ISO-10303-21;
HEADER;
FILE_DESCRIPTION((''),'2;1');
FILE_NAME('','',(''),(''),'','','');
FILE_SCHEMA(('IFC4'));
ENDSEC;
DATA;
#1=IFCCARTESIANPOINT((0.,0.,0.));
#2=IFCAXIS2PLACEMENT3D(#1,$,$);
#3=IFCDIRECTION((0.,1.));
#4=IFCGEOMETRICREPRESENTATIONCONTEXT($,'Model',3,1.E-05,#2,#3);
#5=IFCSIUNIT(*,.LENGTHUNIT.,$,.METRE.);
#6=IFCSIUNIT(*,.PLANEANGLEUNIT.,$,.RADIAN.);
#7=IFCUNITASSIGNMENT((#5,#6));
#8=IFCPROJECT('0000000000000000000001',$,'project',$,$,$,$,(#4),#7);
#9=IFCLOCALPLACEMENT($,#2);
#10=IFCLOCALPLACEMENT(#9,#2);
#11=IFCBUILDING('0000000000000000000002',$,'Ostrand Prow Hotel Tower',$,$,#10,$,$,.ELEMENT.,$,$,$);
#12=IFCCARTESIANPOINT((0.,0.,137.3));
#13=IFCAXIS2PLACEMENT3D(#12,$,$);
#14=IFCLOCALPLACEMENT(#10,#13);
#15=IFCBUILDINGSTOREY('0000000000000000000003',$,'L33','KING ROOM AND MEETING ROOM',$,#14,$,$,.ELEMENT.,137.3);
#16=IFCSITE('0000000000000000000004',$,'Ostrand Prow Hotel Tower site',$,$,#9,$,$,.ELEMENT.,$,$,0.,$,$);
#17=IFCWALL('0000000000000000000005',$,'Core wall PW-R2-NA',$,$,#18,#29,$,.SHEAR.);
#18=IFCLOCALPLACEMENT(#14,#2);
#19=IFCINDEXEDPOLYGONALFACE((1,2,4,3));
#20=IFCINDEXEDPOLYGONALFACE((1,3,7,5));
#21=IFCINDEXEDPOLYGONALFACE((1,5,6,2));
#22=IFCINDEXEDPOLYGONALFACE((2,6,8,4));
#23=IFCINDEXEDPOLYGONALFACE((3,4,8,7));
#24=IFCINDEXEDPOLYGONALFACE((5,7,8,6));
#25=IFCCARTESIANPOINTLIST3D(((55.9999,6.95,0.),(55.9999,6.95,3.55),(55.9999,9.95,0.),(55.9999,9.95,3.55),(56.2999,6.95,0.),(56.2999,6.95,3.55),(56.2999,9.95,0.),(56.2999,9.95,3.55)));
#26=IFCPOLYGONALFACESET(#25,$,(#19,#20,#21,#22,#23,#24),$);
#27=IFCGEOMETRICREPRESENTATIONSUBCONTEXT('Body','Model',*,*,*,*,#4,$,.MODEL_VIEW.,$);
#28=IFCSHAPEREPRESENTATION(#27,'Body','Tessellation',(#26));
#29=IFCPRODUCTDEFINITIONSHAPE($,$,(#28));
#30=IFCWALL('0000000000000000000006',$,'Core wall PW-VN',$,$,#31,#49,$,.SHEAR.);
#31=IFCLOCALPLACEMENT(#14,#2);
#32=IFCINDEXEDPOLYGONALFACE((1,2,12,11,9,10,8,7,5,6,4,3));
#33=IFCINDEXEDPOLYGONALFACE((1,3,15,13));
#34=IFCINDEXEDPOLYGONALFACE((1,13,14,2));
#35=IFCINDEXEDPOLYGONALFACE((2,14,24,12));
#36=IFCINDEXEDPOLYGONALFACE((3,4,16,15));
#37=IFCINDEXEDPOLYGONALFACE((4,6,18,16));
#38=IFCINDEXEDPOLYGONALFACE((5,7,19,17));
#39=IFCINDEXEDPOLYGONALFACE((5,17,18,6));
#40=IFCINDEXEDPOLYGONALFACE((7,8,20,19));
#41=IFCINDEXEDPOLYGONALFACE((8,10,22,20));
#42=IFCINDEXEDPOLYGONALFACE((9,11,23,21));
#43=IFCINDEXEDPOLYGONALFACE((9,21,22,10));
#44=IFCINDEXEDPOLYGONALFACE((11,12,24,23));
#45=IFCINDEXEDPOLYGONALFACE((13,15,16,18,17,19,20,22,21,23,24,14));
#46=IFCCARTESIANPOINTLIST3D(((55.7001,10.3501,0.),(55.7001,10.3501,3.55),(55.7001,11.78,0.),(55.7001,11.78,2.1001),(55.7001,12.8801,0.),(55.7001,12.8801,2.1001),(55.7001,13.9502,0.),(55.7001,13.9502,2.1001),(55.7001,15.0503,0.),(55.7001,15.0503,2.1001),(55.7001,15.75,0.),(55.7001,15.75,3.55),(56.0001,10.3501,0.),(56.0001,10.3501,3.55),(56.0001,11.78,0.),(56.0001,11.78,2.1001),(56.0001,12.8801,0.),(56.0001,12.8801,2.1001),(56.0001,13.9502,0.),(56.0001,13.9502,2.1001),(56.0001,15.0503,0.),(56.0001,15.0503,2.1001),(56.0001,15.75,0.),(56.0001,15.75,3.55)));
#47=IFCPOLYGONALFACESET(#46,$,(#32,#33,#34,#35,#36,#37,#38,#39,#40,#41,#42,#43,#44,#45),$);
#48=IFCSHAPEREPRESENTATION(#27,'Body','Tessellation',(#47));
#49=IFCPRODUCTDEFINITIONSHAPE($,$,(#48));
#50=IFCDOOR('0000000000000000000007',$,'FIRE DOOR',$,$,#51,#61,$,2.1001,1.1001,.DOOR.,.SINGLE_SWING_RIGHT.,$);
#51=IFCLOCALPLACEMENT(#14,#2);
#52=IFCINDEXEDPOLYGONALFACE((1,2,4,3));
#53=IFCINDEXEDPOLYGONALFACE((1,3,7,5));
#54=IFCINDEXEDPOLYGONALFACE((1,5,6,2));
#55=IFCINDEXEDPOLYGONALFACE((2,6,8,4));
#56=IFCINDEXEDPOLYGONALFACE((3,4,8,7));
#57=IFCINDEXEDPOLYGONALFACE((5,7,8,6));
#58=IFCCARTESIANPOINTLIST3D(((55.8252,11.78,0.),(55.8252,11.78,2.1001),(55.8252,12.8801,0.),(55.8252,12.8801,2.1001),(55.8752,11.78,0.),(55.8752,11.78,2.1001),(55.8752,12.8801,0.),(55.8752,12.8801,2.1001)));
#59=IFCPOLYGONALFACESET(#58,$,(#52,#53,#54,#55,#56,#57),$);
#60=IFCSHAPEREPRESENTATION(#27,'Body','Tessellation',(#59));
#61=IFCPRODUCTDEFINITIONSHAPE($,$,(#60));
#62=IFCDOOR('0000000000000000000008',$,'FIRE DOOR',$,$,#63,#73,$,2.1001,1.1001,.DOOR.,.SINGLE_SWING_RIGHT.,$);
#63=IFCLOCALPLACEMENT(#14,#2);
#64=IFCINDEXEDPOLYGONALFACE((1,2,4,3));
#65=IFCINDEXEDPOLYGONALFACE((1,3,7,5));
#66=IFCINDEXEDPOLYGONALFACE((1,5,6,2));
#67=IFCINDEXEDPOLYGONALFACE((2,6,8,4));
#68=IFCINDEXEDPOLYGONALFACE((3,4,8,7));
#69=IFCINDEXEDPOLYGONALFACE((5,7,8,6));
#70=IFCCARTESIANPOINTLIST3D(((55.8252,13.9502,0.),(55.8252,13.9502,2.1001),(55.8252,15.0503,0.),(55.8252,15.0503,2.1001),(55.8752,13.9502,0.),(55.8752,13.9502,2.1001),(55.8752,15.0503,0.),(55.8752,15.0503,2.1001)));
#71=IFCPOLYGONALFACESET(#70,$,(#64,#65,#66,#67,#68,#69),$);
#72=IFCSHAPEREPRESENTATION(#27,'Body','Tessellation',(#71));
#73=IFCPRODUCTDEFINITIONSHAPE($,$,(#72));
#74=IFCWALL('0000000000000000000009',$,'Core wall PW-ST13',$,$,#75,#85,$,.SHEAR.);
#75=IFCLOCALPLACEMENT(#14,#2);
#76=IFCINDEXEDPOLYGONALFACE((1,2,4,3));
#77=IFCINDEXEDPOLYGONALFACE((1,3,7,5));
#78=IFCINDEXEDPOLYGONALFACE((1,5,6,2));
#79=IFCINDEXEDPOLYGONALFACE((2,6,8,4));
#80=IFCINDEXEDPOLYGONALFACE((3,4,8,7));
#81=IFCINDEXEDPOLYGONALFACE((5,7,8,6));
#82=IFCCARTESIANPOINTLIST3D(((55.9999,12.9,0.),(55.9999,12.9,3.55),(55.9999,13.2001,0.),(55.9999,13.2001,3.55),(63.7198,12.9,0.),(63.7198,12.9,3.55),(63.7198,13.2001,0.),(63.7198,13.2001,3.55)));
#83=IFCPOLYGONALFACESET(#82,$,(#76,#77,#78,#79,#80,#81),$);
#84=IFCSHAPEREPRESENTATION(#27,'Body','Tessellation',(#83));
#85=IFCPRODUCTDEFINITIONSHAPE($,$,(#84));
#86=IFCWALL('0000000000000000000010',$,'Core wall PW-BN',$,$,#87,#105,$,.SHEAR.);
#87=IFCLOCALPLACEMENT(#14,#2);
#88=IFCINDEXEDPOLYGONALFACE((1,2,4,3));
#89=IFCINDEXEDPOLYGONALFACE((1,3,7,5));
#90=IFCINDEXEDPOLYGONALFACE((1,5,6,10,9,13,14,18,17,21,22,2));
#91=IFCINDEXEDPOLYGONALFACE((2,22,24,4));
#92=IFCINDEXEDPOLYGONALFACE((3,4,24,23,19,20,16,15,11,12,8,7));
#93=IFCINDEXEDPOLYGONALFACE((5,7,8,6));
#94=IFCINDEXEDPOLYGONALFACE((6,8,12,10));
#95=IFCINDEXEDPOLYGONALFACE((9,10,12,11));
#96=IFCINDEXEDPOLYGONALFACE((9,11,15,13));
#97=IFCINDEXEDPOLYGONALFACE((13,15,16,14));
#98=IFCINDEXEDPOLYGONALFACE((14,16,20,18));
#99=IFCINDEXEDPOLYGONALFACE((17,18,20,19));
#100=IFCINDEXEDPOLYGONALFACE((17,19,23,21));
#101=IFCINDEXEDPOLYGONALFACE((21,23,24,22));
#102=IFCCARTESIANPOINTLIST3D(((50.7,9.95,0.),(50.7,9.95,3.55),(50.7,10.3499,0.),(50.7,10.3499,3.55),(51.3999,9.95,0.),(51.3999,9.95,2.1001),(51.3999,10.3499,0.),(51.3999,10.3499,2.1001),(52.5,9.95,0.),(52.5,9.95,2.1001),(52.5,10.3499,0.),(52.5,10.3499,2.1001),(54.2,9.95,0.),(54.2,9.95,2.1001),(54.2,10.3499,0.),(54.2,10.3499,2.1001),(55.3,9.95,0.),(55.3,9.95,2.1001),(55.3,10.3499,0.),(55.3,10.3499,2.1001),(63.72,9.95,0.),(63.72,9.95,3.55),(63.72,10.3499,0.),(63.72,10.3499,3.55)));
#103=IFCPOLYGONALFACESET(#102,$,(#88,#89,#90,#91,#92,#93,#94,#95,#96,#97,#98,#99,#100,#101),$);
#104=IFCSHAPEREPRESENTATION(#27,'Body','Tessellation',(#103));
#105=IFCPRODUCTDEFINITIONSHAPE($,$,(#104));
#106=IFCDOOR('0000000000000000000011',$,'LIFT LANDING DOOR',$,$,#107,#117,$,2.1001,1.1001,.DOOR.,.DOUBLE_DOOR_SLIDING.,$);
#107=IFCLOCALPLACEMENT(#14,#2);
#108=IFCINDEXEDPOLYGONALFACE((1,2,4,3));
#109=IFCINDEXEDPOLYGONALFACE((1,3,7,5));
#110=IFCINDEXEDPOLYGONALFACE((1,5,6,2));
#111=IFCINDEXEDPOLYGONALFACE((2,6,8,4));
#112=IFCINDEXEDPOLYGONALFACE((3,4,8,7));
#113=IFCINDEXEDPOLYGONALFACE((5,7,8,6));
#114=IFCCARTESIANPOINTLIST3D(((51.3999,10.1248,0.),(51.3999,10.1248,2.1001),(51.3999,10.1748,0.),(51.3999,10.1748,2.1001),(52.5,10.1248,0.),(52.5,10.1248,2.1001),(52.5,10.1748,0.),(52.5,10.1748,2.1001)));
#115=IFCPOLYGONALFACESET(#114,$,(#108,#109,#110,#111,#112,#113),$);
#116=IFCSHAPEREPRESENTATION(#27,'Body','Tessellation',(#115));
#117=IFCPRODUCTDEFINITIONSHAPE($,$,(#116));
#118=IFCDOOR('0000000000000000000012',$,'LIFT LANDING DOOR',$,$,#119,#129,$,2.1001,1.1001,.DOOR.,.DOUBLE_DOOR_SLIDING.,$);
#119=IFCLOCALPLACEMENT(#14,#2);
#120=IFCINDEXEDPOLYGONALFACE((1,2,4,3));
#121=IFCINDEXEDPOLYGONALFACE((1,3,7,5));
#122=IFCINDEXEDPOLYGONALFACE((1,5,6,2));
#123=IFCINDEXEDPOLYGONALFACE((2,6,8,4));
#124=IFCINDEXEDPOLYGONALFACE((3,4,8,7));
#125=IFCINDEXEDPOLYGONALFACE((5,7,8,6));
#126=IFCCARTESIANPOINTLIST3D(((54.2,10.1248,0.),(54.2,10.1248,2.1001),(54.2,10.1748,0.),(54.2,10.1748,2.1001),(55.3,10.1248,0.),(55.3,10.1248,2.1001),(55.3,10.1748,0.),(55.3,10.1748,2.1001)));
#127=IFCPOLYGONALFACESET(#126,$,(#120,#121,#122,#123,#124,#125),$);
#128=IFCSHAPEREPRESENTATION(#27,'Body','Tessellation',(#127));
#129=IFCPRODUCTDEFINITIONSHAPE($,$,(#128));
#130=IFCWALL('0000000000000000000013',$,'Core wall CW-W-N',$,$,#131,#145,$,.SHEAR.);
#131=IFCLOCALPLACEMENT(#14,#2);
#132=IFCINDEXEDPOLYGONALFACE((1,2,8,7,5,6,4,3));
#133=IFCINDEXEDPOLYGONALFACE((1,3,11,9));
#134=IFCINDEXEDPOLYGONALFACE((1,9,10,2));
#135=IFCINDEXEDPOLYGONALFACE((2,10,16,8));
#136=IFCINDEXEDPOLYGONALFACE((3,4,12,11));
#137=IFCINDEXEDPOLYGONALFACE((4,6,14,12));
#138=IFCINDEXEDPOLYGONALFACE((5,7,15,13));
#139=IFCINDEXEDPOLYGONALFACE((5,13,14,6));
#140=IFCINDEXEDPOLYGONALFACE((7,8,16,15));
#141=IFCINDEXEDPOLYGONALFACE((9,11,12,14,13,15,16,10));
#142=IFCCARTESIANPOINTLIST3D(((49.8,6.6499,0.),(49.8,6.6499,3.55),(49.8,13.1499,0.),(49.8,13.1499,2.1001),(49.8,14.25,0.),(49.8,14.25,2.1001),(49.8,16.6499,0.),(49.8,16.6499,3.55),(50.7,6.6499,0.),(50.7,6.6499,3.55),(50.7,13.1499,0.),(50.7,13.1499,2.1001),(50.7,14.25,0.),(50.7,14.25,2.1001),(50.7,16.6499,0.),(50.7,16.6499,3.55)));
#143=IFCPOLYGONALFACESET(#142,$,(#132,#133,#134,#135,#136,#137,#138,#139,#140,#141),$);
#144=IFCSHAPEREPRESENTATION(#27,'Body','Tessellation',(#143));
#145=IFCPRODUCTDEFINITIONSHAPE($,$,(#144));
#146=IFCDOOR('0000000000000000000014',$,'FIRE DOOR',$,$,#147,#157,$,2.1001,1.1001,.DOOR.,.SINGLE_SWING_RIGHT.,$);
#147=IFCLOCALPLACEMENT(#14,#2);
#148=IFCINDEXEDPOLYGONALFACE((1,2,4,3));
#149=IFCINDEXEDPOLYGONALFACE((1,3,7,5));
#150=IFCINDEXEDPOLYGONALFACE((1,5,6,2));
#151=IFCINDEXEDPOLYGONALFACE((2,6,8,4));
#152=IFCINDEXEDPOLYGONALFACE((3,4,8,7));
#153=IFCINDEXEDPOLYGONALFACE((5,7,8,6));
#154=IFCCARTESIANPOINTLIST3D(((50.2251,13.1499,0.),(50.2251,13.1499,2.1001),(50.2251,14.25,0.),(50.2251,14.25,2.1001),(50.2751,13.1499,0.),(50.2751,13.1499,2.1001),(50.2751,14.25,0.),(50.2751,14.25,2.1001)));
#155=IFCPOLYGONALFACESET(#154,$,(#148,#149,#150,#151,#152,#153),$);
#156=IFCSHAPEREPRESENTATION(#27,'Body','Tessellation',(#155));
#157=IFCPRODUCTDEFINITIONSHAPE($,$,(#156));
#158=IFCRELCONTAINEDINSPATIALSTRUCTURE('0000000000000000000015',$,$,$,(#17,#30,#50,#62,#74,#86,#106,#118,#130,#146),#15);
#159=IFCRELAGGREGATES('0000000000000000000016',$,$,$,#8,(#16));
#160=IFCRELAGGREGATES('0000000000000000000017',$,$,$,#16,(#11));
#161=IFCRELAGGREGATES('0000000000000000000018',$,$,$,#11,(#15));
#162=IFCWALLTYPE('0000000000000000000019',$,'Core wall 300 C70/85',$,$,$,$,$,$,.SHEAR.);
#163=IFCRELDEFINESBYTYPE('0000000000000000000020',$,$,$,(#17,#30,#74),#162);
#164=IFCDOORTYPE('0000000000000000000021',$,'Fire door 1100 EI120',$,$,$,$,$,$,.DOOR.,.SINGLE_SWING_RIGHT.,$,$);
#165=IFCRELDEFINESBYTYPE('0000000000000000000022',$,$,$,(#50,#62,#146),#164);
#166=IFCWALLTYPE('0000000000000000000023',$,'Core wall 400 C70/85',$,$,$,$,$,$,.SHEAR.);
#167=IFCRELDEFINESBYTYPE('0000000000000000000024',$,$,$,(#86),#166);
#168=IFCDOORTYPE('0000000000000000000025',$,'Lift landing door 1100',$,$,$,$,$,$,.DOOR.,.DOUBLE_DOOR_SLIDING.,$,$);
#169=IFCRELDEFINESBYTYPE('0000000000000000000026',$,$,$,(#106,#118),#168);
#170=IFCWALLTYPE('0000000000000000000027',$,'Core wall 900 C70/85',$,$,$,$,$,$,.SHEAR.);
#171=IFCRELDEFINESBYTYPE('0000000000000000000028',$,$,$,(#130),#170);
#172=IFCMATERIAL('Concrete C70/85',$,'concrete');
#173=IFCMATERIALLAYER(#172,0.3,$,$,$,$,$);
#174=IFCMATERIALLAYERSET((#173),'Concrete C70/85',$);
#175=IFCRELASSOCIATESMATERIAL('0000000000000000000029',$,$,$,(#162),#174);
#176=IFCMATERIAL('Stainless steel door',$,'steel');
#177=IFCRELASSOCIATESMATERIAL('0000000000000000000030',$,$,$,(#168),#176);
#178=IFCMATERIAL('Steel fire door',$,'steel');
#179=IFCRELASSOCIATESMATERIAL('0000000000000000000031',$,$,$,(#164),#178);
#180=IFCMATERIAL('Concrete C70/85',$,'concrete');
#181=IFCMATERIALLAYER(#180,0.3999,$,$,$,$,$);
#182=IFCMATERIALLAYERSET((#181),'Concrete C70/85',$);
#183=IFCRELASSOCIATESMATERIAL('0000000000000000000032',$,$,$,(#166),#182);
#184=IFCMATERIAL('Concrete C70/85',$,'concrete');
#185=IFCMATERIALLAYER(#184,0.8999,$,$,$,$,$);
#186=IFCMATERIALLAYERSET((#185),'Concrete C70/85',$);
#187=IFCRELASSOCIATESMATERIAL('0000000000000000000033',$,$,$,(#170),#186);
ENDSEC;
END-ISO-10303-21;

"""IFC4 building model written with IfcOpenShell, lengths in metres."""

from ifc_helpers import new_model, si_unit, direction, frame, frame_2d, origin, place, context, subcontext, project, spatial, rectangle, extrude, material, layer, layer_set, type_object, element, fill, save


model = new_model("IFC4")

# Units and contexts
model_context = context("Model", 3, precision=1e-05, world=origin(), true_north=direction((0.0, 1.0)))
body_context = subcontext(model_context, "Body", "Model", "MODEL_VIEW")
ifc_project = project(units=[si_unit("LENGTHUNIT", "METRE"), si_unit("PLANEANGLEUNIT", "RADIAN")], contexts=[model_context])

# Site, building, storey
site_placement = place(None, origin())
site = spatial("IfcSite", under=ifc_project, at=site_placement, Name="Ostrand Prow Hotel Tower site", CompositionType="ELEMENT", RefElevation=0.0)
building_placement = place(site_placement, origin())
building = spatial("IfcBuilding", under=site, at=building_placement, Name="Ostrand Prow Hotel Tower", CompositionType="ELEMENT")
storey_placement = place(building_placement, frame((0.0, 0.0, 137.3)))
storey = spatial("IfcBuildingStorey", under=building, at=storey_placement, Name="L33", Description="KING ROOM AND MEETING ROOM", CompositionType="ELEMENT", Elevation=137.3)

# Shared definitions
ifc_material_1 = material(Name="Concrete C70/85", Category="concrete")
ifc_layer_1 = layer(ifc_material_1, 0.3)
ifc_layer_set_1 = layer_set([ifc_layer_1], Name="Concrete C70/85")
wall_type_1 = type_object("IfcWallType", Name="Core wall 300 C70/85", PredefinedType="SHEAR", material=ifc_layer_set_1)
ifc_material_2 = material(Name="Stainless steel door", Category="steel")
door_type_1 = type_object("IfcDoorType", Name="Lift landing door 1100", OperationType="DOUBLE_DOOR_SLIDING", PredefinedType="DOOR", material=ifc_material_2)

# Wall
for number, where, z_axis, x_axis, name in (
    (1, (56.1499, 6.95, 0.0), (0.0, 0.0, 1.0), (0.0, 1.0, 0.0), "Core wall PW-R2-NA"),
):
    element("IfcWall", number, at=place(storey_placement, frame(where, z_axis=z_axis, x_axis=x_axis)), inside=storey, type_object=wall_type_1, Name=name, PredefinedType="SHEAR", context=body_context, shape_type="SweptSolid", body=[
        extrude(rectangle(XDim=3.0, YDim=0.3, at=frame_2d((1.5, 0.0))), origin(), (0.0, 0.0, 1.0), 3.55),
    ])

# Wall, openings, doors
wall_1_placement = place(storey_placement, frame((55.8501, 10.3501, 0.0), z_axis=(0.0, 0.0, 1.0), x_axis=(0.0, 1.0, 0.0)))
wall_1 = element("IfcWall", 2, at=wall_1_placement, inside=storey, type_object=wall_type_1, Name="Core wall PW-VN", PredefinedType="SHEAR", context=body_context, shape_type="SweptSolid", body=[
    extrude(rectangle(XDim=5.3999, YDim=0.3, at=frame_2d((2.7, 0.0))), origin(), (0.0, 0.0, 1.0), 3.55),
])
opening_1_placement = place(wall_1_placement, frame((1.4299, 0.0, 0.0)))
opening_1 = element("IfcOpeningElement", 3, at=opening_1_placement, cuts=wall_1, PredefinedType="OPENING", context=body_context, shape_type="SweptSolid", body=[
    extrude(rectangle(XDim=1.1001, YDim=2.1001, at=frame_2d((0.55, 1.05))), frame((0.0, 0.1599, 0.0), z_axis=(0.0, -1.0, 0.0), x_axis=(1.0, 0.0, 0.0)), (0.0, 0.0, 1.0), 0.3201),
])
opening_2_placement = place(wall_1_placement, frame((3.6001, 0.0, 0.0)))
opening_2 = element("IfcOpeningElement", 4, at=opening_2_placement, cuts=wall_1, PredefinedType="OPENING", context=body_context, shape_type="SweptSolid", body=[
    extrude(rectangle(XDim=1.1001, YDim=2.1001, at=frame_2d((0.55, 1.05))), frame((0.0, 0.1599, 0.0), z_axis=(0.0, -1.0, 0.0), x_axis=(1.0, 0.0, 0.0)), (0.0, 0.0, 1.0), 0.3201),
])
ifc_material_3 = material(Name="Steel fire door", Category="steel")
door_type_2 = type_object("IfcDoorType", Name="Fire door 1100 EI120", OperationType="SINGLE_SWING_RIGHT", PredefinedType="DOOR", material=ifc_material_3)
door_1_placement = place(opening_1_placement, origin())
door_1 = element("IfcDoor", 5, at=door_1_placement, inside=storey, type_object=door_type_2, Name="FIRE DOOR", OperationType="SINGLE_SWING_RIGHT", OverallHeight=2.1001, OverallWidth=1.1001, PredefinedType="DOOR", context=body_context, shape_type="SweptSolid", body=[
    extrude(rectangle(XDim=1.1001, YDim=2.1001, at=frame_2d((0.55, 1.05))), frame((0.0, 0.0249, 0.0), z_axis=(0.0, -1.0, 0.0), x_axis=(1.0, 0.0, 0.0)), (0.0, 0.0, 1.0), 0.05),
])
fill(opening_1, door_1)
door_2_placement = place(opening_2_placement, origin())
door_2 = element("IfcDoor", 6, at=door_2_placement, inside=storey, type_object=door_type_2, Name="FIRE DOOR", OperationType="SINGLE_SWING_RIGHT", OverallHeight=2.1001, OverallWidth=1.1001, PredefinedType="DOOR", context=body_context, shape_type="SweptSolid", body=[
    extrude(rectangle(XDim=1.1001, YDim=2.1001, at=frame_2d((0.55, 1.05))), frame((0.0, 0.0249, 0.0), z_axis=(0.0, -1.0, 0.0), x_axis=(1.0, 0.0, 0.0)), (0.0, 0.0, 1.0), 0.05),
])
fill(opening_2, door_2)

# Wall
wall_2_placement = place(storey_placement, frame((56.0, 13.05, 0.0), z_axis=(0.0, 0.0, 1.0), x_axis=(1.0, 0.0, 0.0)))
element("IfcWall", 7, at=wall_2_placement, inside=storey, type_object=wall_type_1, Name="Core wall PW-ST13", PredefinedType="SHEAR", context=body_context, shape_type="SweptSolid", body=[
    extrude(rectangle(XDim=7.72, YDim=0.3, at=frame_2d((3.8599, 0.0))), origin(), (0.0, 0.0, 1.0), 3.55),
])

# Wall, openings, doors
ifc_material_4 = material(Name="Concrete C70/85", Category="concrete")
ifc_layer_2 = layer(ifc_material_4, 0.3999)
ifc_layer_set_2 = layer_set([ifc_layer_2], Name="Concrete C70/85")
wall_type_2 = type_object("IfcWallType", Name="Core wall 400 C70/85", PredefinedType="SHEAR", material=ifc_layer_set_2)
wall_3_placement = place(storey_placement, frame((50.7, 10.1499, 0.0), z_axis=(0.0, 0.0, 1.0), x_axis=(1.0, 0.0, 0.0)))
wall_3 = element("IfcWall", 8, at=wall_3_placement, inside=storey, type_object=wall_type_2, Name="Core wall PW-BN", PredefinedType="SHEAR", context=body_context, shape_type="SweptSolid", body=[
    extrude(rectangle(XDim=13.02, YDim=0.3999, at=frame_2d((6.51, 0.0))), origin(), (0.0, 0.0, 1.0), 3.55),
])
opening_3_placement = place(wall_3_placement, frame((0.7, 0.0, 0.0)))
opening_3 = element("IfcOpeningElement", 9, at=opening_3_placement, cuts=wall_3, PredefinedType="OPENING", context=body_context, shape_type="SweptSolid", body=[
    extrude(rectangle(XDim=1.1001, YDim=2.1001, at=frame_2d((0.55, 1.05))), frame((0.0, 0.21, 0.0), z_axis=(0.0, -1.0, 0.0), x_axis=(1.0, 0.0, 0.0)), (0.0, 0.0, 1.0), 0.4199),
])
opening_4_placement = place(wall_3_placement, frame((3.5, 0.0, 0.0)))
opening_4 = element("IfcOpeningElement", 10, at=opening_4_placement, cuts=wall_3, PredefinedType="OPENING", context=body_context, shape_type="SweptSolid", body=[
    extrude(rectangle(XDim=1.1001, YDim=2.1001, at=frame_2d((0.55, 1.05))), frame((0.0, 0.21, 0.0), z_axis=(0.0, -1.0, 0.0), x_axis=(1.0, 0.0, 0.0)), (0.0, 0.0, 1.0), 0.4199),
])
door_3_placement = place(opening_3_placement, origin())
door_3 = element("IfcDoor", 11, at=door_3_placement, inside=storey, type_object=door_type_1, Name="LIFT LANDING DOOR", OperationType="DOUBLE_DOOR_SLIDING", OverallHeight=2.1001, OverallWidth=1.1001, PredefinedType="DOOR", context=body_context, shape_type="SweptSolid", body=[
    extrude(rectangle(XDim=1.1001, YDim=2.1001, at=frame_2d((0.55, 1.05))), frame((0.0, 0.0249, 0.0), z_axis=(0.0, -1.0, 0.0), x_axis=(1.0, 0.0, 0.0)), (0.0, 0.0, 1.0), 0.05),
])
fill(opening_3, door_3)
door_4_placement = place(opening_4_placement, origin())
door_4 = element("IfcDoor", 12, at=door_4_placement, inside=storey, type_object=door_type_1, Name="LIFT LANDING DOOR", OperationType="DOUBLE_DOOR_SLIDING", OverallHeight=2.1001, OverallWidth=1.1001, PredefinedType="DOOR", context=body_context, shape_type="SweptSolid", body=[
    extrude(rectangle(XDim=1.1001, YDim=2.1001, at=frame_2d((0.55, 1.05))), frame((0.0, 0.0249, 0.0), z_axis=(0.0, -1.0, 0.0), x_axis=(1.0, 0.0, 0.0)), (0.0, 0.0, 1.0), 0.05),
])
fill(opening_4, door_4)

# Wall, opening, door
ifc_material_5 = material(Name="Concrete C70/85", Category="concrete")
ifc_layer_3 = layer(ifc_material_5, 0.8999)
ifc_layer_set_3 = layer_set([ifc_layer_3], Name="Concrete C70/85")
wall_type_3 = type_object("IfcWallType", Name="Core wall 900 C70/85", PredefinedType="SHEAR", material=ifc_layer_set_3)
wall_4_placement = place(storey_placement, frame((50.25, 6.6499, 0.0), z_axis=(0.0, 0.0, 1.0), x_axis=(0.0, 1.0, 0.0)))
wall_4 = element("IfcWall", 13, at=wall_4_placement, inside=storey, type_object=wall_type_3, Name="Core wall CW-W-N", PredefinedType="SHEAR", context=body_context, shape_type="SweptSolid", body=[
    extrude(rectangle(XDim=10.0, YDim=0.8999, at=frame_2d((5.0, 0.0))), origin(), (0.0, 0.0, 1.0), 3.55),
])
opening_5_placement = place(wall_4_placement, frame((6.5, 0.0, 0.0)))
opening_5 = element("IfcOpeningElement", 14, at=opening_5_placement, cuts=wall_4, PredefinedType="OPENING", context=body_context, shape_type="SweptSolid", body=[
    extrude(rectangle(XDim=1.1001, YDim=2.1001, at=frame_2d((0.55, 1.05))), frame((0.0, 0.46, 0.0), z_axis=(0.0, -1.0, 0.0), x_axis=(1.0, 0.0, 0.0)), (0.0, 0.0, 1.0), 0.9199),
])
door_5_placement = place(opening_5_placement, origin())
door_5 = element("IfcDoor", 15, at=door_5_placement, inside=storey, type_object=door_type_2, Name="FIRE DOOR", OperationType="SINGLE_SWING_RIGHT", OverallHeight=2.1001, OverallWidth=1.1001, PredefinedType="DOOR", context=body_context, shape_type="SweptSolid", body=[
    extrude(rectangle(XDim=1.1001, YDim=2.1001, at=frame_2d((0.55, 1.05))), frame((0.0, 0.0249, 0.0), z_axis=(0.0, -1.0, 0.0), x_axis=(1.0, 0.0, 0.0)), (0.0, 0.0, 1.0), 0.05),
])
fill(opening_5, door_5)

save(model, "model.ifc")
